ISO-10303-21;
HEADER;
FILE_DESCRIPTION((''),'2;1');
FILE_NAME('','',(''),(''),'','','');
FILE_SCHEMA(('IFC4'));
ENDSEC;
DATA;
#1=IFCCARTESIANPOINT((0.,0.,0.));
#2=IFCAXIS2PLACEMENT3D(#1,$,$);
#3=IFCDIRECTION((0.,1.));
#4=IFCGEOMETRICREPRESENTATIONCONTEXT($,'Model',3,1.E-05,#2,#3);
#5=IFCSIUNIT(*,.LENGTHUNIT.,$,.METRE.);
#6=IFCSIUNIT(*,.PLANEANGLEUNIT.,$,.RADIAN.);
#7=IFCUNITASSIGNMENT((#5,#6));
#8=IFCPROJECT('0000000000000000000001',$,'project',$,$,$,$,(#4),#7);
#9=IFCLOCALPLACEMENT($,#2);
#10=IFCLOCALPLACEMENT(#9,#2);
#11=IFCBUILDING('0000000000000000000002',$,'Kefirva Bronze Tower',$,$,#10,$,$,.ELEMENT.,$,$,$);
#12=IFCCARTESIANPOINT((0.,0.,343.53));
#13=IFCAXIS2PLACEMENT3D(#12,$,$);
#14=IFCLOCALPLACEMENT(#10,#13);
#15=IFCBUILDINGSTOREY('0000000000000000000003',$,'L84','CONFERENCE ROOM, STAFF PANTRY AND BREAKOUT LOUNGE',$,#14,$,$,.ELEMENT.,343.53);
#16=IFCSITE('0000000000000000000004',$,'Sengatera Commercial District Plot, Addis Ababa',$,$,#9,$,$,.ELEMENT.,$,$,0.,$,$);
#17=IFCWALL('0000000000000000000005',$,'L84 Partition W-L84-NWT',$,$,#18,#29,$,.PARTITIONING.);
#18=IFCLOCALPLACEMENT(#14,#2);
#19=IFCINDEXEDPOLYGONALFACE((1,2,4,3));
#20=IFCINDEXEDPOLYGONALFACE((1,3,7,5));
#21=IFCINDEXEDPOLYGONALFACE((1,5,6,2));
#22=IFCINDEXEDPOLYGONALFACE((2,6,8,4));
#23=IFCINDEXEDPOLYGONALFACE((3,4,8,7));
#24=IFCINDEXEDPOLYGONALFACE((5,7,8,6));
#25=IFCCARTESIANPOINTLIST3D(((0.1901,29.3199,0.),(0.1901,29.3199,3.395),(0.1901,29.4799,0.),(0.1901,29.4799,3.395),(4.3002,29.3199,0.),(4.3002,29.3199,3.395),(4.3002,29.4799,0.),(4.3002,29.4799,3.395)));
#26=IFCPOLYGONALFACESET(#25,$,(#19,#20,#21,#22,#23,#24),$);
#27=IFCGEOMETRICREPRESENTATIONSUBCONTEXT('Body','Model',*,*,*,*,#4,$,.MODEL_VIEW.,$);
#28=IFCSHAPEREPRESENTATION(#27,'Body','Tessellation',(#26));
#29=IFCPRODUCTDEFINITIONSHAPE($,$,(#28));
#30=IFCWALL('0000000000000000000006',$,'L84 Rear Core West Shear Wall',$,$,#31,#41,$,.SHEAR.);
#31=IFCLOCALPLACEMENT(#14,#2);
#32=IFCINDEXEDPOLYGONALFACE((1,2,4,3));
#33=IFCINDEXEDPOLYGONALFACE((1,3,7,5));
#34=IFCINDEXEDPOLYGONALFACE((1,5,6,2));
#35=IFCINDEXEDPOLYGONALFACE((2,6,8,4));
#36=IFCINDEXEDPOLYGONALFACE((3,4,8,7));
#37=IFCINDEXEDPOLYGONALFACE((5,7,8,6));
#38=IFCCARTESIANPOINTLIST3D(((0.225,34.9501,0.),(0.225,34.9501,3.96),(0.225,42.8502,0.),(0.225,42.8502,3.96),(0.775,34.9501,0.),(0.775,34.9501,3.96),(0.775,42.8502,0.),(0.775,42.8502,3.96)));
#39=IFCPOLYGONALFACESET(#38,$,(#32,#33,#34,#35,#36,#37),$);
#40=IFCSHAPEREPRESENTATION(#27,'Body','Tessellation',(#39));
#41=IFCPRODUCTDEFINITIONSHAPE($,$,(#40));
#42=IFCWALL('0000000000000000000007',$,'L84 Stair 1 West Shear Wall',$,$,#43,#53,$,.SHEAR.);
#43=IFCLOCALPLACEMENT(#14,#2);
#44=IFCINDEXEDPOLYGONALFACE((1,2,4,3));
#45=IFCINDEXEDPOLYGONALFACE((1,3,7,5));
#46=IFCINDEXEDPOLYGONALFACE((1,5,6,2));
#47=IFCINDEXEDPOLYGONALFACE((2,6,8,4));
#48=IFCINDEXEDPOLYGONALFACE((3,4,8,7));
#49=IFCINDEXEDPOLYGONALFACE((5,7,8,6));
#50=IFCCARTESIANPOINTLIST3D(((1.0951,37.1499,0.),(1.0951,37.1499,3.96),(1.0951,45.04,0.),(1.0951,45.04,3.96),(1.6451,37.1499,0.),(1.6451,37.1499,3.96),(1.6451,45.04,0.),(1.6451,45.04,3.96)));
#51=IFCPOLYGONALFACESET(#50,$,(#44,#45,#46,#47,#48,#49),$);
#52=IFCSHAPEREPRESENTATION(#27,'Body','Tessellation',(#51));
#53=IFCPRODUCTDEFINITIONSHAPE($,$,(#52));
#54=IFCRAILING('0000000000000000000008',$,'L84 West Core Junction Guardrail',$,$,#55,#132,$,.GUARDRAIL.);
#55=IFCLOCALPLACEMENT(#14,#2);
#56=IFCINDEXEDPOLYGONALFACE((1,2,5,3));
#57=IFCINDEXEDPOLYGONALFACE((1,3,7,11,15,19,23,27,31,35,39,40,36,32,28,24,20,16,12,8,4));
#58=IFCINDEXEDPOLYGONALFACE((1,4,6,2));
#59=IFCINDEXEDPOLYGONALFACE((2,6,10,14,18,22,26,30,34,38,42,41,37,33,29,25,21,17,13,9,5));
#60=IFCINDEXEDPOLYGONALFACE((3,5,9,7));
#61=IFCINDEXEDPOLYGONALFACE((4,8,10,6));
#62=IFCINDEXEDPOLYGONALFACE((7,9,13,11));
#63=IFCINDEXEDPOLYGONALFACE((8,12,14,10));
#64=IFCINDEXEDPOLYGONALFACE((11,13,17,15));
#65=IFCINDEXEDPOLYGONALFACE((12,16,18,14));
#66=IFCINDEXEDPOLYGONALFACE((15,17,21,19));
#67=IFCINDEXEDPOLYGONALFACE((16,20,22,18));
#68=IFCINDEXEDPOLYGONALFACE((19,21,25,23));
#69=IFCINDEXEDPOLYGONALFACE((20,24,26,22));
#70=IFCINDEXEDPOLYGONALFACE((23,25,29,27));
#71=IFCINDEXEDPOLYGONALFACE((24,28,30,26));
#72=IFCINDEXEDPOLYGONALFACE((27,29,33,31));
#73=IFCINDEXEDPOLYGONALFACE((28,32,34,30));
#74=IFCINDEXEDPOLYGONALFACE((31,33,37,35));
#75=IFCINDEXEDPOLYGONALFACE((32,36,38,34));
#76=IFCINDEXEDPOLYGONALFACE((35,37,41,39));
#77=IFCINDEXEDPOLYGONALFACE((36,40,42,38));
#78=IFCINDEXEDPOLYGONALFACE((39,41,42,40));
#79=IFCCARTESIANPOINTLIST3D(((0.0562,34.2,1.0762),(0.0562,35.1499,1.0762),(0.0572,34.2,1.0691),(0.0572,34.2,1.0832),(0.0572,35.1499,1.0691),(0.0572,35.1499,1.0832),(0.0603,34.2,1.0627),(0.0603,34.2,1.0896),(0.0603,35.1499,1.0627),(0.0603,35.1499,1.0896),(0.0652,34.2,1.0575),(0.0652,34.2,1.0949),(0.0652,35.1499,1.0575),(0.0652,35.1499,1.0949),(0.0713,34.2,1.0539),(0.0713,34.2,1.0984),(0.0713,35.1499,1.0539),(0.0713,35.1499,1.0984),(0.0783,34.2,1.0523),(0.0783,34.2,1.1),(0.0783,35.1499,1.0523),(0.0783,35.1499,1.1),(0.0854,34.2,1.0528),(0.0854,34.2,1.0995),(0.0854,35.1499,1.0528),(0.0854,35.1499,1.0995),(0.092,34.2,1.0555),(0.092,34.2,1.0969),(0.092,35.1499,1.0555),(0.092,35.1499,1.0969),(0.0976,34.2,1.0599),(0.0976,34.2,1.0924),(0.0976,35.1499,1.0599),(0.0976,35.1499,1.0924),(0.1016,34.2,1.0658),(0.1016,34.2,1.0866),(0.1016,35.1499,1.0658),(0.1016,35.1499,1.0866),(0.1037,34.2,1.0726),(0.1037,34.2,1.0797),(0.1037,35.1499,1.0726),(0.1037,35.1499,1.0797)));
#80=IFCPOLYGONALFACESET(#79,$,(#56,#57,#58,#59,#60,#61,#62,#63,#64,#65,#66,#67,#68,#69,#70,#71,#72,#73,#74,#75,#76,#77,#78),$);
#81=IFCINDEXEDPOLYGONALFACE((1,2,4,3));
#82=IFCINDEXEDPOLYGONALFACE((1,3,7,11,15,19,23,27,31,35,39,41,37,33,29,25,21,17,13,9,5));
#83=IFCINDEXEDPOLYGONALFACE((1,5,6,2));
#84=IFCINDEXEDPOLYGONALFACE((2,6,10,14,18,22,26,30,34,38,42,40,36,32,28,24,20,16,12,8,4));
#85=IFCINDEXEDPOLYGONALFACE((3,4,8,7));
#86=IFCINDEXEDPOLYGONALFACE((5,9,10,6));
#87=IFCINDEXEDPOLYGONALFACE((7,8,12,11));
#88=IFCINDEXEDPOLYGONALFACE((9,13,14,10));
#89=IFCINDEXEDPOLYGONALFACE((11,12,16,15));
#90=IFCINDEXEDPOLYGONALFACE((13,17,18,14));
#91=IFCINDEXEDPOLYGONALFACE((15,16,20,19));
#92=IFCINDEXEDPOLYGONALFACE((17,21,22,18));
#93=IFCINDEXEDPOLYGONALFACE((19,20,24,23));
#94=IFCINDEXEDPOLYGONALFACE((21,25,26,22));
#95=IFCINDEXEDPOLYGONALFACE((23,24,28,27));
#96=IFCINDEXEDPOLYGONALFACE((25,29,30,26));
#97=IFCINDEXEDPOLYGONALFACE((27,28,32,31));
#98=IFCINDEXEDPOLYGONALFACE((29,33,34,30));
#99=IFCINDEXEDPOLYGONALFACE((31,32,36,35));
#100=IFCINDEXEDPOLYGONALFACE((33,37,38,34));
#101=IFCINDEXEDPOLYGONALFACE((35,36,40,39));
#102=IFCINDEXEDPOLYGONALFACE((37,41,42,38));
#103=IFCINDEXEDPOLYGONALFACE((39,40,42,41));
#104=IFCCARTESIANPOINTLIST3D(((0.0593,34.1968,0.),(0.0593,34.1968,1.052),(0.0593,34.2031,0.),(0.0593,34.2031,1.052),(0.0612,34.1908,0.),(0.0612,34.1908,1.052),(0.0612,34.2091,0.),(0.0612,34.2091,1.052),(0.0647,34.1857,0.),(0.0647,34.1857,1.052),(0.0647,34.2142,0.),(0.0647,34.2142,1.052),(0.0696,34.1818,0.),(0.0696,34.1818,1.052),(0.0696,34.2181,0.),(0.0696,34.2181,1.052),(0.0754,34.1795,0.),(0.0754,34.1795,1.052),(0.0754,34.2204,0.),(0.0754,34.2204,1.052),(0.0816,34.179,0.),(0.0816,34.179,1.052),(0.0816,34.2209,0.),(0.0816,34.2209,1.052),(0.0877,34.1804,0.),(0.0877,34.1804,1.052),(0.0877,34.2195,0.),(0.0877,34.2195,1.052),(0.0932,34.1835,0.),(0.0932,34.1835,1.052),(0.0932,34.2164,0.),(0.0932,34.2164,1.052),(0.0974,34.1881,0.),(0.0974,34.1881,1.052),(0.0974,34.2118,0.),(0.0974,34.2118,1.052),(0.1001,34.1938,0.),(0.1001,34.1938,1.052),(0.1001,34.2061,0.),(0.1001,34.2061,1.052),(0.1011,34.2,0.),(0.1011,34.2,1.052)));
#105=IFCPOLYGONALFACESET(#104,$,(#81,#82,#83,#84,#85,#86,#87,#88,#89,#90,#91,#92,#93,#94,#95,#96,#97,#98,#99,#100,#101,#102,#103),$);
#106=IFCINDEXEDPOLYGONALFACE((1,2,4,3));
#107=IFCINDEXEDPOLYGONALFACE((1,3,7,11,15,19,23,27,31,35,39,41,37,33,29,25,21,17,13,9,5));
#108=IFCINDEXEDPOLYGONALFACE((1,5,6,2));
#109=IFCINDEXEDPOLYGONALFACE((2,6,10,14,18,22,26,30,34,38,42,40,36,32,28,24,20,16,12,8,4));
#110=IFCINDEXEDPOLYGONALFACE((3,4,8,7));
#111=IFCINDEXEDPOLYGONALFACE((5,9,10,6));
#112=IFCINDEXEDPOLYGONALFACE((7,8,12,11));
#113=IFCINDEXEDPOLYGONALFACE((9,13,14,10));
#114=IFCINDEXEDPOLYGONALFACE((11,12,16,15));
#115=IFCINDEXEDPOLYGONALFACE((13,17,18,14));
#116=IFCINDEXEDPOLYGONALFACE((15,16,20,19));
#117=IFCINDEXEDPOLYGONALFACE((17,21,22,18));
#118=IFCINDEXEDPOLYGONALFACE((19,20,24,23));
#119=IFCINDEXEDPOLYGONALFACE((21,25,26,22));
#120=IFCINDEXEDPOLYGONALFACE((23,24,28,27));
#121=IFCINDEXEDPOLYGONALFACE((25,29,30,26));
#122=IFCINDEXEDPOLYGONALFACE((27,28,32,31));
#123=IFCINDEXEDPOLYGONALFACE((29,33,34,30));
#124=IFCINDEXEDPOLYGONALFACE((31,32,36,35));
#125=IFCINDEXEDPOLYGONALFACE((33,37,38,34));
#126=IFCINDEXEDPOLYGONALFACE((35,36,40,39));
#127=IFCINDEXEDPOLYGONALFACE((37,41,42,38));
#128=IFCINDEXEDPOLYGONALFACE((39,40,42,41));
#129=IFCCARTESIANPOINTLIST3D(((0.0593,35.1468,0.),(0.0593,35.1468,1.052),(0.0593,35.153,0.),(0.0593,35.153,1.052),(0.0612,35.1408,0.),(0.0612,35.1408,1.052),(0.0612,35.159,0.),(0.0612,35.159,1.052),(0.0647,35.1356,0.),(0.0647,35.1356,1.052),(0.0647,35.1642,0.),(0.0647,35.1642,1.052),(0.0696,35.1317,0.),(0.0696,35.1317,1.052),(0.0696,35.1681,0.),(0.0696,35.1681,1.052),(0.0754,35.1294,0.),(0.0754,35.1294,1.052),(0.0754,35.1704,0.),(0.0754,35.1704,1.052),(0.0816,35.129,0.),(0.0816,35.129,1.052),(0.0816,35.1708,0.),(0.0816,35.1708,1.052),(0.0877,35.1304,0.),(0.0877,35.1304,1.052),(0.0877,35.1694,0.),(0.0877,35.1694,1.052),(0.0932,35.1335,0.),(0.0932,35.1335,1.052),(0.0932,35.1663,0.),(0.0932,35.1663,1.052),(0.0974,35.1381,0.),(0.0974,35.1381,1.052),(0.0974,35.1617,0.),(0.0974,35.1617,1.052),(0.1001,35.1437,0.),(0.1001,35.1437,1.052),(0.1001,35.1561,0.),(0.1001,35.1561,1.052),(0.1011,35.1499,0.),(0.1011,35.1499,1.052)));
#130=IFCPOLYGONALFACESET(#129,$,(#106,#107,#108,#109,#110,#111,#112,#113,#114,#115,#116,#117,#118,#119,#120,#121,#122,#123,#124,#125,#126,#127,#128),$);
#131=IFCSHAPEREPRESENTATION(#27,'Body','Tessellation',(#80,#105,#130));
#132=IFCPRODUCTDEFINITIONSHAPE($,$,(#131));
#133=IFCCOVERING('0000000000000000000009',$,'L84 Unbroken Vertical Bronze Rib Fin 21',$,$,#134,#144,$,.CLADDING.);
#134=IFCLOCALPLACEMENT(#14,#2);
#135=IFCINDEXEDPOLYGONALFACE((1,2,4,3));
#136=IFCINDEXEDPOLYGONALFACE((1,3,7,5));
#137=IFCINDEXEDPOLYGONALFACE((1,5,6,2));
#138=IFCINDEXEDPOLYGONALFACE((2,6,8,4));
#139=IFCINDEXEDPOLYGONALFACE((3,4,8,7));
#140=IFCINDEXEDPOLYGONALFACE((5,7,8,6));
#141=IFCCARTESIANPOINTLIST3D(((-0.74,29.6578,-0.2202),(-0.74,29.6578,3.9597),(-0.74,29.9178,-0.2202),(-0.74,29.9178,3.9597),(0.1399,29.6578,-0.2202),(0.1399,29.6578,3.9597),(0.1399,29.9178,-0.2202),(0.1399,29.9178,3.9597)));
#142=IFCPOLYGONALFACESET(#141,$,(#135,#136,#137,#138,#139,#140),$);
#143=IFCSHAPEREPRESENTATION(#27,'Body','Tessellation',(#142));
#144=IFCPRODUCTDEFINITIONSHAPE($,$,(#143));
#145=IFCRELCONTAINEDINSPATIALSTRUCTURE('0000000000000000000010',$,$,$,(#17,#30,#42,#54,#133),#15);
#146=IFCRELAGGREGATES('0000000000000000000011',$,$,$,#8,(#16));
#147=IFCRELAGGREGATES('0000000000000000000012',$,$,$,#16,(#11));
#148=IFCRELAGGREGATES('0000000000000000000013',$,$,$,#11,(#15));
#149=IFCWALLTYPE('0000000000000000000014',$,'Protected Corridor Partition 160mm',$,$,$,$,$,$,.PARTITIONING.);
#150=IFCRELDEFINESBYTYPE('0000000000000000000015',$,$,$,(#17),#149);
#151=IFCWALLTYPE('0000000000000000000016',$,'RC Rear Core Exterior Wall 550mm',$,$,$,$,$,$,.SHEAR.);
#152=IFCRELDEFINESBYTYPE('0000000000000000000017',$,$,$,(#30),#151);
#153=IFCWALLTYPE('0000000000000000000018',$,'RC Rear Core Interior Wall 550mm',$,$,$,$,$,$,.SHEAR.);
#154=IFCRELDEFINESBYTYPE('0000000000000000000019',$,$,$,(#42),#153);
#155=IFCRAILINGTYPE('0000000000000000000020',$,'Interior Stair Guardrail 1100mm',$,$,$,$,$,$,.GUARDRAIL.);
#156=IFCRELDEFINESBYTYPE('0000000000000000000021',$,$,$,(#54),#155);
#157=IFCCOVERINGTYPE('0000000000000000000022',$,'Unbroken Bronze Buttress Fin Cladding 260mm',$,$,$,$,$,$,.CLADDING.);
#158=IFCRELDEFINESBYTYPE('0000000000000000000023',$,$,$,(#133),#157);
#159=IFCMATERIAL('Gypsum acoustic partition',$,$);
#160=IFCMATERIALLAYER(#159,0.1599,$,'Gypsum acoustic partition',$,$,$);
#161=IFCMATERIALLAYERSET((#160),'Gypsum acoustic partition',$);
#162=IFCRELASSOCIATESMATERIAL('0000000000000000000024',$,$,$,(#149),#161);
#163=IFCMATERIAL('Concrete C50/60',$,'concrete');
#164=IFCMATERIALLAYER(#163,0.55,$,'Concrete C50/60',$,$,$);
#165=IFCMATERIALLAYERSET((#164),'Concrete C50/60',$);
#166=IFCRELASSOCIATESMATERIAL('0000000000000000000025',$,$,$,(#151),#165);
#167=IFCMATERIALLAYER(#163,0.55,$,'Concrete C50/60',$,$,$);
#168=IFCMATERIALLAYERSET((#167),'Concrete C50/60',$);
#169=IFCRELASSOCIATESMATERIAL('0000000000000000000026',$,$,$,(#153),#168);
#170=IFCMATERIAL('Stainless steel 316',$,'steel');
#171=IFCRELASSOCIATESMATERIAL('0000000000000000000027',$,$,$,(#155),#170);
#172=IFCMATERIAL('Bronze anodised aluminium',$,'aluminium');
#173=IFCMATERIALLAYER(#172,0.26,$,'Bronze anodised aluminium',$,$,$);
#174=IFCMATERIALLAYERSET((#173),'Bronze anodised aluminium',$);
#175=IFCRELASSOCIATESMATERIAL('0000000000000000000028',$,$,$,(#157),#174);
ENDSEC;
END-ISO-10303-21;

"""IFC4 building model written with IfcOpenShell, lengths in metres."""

from ifc_helpers import new_model, si_unit, direction, frame, frame_2d, origin, origin_2d, place, context, subcontext, project, spatial, rectangle, circle, extrude, material, layer, layer_set, type_object, element, save


model = new_model("IFC4")

# Units and contexts
model_context = context("Model", 3, precision=1e-05, world=origin(), true_north=direction((0.0, 1.0)))
body_context = subcontext(model_context, "Body", "Model", "MODEL_VIEW")
ifc_project = project(units=[si_unit("LENGTHUNIT", "METRE"), si_unit("PLANEANGLEUNIT", "RADIAN")], contexts=[model_context])

# Site, building, storey
site_placement = place(None, origin())
site = spatial("IfcSite", under=ifc_project, at=site_placement, Name="Sengatera Commercial District Plot, Addis Ababa", CompositionType="ELEMENT", RefElevation=0.0)
building_placement = place(site_placement, origin())
building = spatial("IfcBuilding", under=site, at=building_placement, Name="Kefirva Bronze Tower", CompositionType="ELEMENT")
storey_placement = place(building_placement, frame((0.0, 0.0, 343.53)))
storey = spatial("IfcBuildingStorey", under=building, at=storey_placement, Name="L84", Description="CONFERENCE ROOM, STAFF PANTRY AND BREAKOUT LOUNGE", CompositionType="ELEMENT", Elevation=343.53)

# Shared definitions
ifc_material_1 = material(Name="Concrete C50/60", Category="concrete")

# Shared definitions
ifc_material_2 = material(Name="Bronze anodised aluminium", Category="aluminium")

# Walls
ifc_material_3 = material(Name="Gypsum acoustic partition")
ifc_layer_1 = layer(ifc_material_3, 0.1599, Name="Gypsum acoustic partition")
ifc_layer_set_1 = layer_set([ifc_layer_1], Name="Gypsum acoustic partition")
wall_type_1 = type_object("IfcWallType", Name="Protected Corridor Partition 160mm", PredefinedType="PARTITIONING", material=ifc_layer_set_1)
wall_1_placement = place(storey_placement, frame((0.1899, 29.3999, 0.0), z_axis=(0.0, 0.0, 1.0), x_axis=(1.0, 0.0, 0.0)))
element("IfcWall", 1, at=wall_1_placement, inside=storey, type_object=wall_type_1, Name="L84 Partition W-L84-NWT", PredefinedType="PARTITIONING", context=body_context, shape_type="SweptSolid", body=[
    extrude(rectangle(XDim=4.1101, YDim=0.1599, at=frame_2d((2.0552, 0.0))), origin(), (0.0, 0.0, 1.0), 3.395),
])
ifc_layer_2 = layer(ifc_material_1, 0.55, Name="Concrete C50/60")
ifc_layer_set_2 = layer_set([ifc_layer_2], Name="Concrete C50/60")
wall_type_2 = type_object("IfcWallType", Name="RC Rear Core Exterior Wall 550mm", PredefinedType="SHEAR", material=ifc_layer_set_2)
wall_2_placement = place(storey_placement, frame((0.5, 34.95, 0.0), z_axis=(0.0, 0.0, 1.0), x_axis=(0.0, 1.0, 0.0)))
element("IfcWall", 2, at=wall_2_placement, inside=storey, type_object=wall_type_2, Name="L84 Rear Core West Shear Wall", PredefinedType="SHEAR", context=body_context, shape_type="SweptSolid", body=[
    extrude(rectangle(XDim=7.9001, YDim=0.55, at=frame_2d((3.9502, 0.0))), origin(), (0.0, 0.0, 1.0), 3.96),
])

# Shared definitions
ifc_layer_3 = layer(ifc_material_1, 0.55, Name="Concrete C50/60")
ifc_layer_set_3 = layer_set([ifc_layer_3], Name="Concrete C50/60")
wall_type_3 = type_object("IfcWallType", Name="RC Rear Core Interior Wall 550mm", PredefinedType="SHEAR", material=ifc_layer_set_3)

# Wall
wall_3_placement = place(storey_placement, frame((1.3701, 37.1499, 0.0), z_axis=(0.0, 0.0, 1.0), x_axis=(0.0, 1.0, 0.0)))
element("IfcWall", 3, at=wall_3_placement, inside=storey, type_object=wall_type_3, Name="L84 Stair 1 West Shear Wall", PredefinedType="SHEAR", context=body_context, shape_type="SweptSolid", body=[
    extrude(rectangle(XDim=7.8901, YDim=0.55, at=frame_2d((3.9451, 0.0))), origin(), (0.0, 0.0, 1.0), 3.96),
])

# Railing
ifc_material_4 = material(Name="Stainless steel 316", Category="steel")
railing_type = type_object("IfcRailingType", Name="Interior Stair Guardrail 1100mm", PredefinedType="GUARDRAIL", material=ifc_material_4)
railing_placement = place(storey_placement, frame((0.0801, 34.2, 0.0)))
element("IfcRailing", 4, at=railing_placement, inside=storey, type_object=railing_type, Name="L84 West Core Junction Guardrail", PredefinedType="GUARDRAIL", context=body_context, shape_type="SweptSolid", body=[
    extrude(circle(Radius=0.0239, at=origin_2d()), frame((0.0, 0.0, 1.0762), z_axis=(0.0, 1.0, 0.0), x_axis=(-1.0, 0.0, 0.0)), (0.0, 0.0, 1.0), 0.95),
    extrude(circle(Radius=0.021, at=origin_2d()), origin(), (0.0, 0.0, 1.0), 1.052),
    extrude(circle(Radius=0.021, at=origin_2d()), frame((0.0, 0.95, 0.0)), (0.0, 0.0, 1.0), 1.052),
])

# Covering
ifc_layer_4 = layer(ifc_material_2, 0.26, Name="Bronze anodised aluminium")
ifc_layer_set_4 = layer_set([ifc_layer_4], Name="Bronze anodised aluminium")
covering_type = type_object("IfcCoveringType", Name="Unbroken Bronze Buttress Fin Cladding 260mm", PredefinedType="CLADDING", material=ifc_layer_set_4)
covering_placement = place(storey_placement, frame((-0.3, 29.7878, -0.2202), z_axis=(0.0, 0.0, 1.0), x_axis=(0.0, -1.0, 0.0)))
element("IfcCovering", 5, at=covering_placement, inside=storey, type_object=covering_type, Name="L84 Unbroken Vertical Bronze Rib Fin 21", PredefinedType="CLADDING", context=body_context, shape_type="SweptSolid", body=[
    extrude(rectangle(XDim=0.26, YDim=0.8799, at=origin_2d()), origin(), (0.0, 0.0, 1.0), 4.1799),
])

save(model, "model.ifc")
